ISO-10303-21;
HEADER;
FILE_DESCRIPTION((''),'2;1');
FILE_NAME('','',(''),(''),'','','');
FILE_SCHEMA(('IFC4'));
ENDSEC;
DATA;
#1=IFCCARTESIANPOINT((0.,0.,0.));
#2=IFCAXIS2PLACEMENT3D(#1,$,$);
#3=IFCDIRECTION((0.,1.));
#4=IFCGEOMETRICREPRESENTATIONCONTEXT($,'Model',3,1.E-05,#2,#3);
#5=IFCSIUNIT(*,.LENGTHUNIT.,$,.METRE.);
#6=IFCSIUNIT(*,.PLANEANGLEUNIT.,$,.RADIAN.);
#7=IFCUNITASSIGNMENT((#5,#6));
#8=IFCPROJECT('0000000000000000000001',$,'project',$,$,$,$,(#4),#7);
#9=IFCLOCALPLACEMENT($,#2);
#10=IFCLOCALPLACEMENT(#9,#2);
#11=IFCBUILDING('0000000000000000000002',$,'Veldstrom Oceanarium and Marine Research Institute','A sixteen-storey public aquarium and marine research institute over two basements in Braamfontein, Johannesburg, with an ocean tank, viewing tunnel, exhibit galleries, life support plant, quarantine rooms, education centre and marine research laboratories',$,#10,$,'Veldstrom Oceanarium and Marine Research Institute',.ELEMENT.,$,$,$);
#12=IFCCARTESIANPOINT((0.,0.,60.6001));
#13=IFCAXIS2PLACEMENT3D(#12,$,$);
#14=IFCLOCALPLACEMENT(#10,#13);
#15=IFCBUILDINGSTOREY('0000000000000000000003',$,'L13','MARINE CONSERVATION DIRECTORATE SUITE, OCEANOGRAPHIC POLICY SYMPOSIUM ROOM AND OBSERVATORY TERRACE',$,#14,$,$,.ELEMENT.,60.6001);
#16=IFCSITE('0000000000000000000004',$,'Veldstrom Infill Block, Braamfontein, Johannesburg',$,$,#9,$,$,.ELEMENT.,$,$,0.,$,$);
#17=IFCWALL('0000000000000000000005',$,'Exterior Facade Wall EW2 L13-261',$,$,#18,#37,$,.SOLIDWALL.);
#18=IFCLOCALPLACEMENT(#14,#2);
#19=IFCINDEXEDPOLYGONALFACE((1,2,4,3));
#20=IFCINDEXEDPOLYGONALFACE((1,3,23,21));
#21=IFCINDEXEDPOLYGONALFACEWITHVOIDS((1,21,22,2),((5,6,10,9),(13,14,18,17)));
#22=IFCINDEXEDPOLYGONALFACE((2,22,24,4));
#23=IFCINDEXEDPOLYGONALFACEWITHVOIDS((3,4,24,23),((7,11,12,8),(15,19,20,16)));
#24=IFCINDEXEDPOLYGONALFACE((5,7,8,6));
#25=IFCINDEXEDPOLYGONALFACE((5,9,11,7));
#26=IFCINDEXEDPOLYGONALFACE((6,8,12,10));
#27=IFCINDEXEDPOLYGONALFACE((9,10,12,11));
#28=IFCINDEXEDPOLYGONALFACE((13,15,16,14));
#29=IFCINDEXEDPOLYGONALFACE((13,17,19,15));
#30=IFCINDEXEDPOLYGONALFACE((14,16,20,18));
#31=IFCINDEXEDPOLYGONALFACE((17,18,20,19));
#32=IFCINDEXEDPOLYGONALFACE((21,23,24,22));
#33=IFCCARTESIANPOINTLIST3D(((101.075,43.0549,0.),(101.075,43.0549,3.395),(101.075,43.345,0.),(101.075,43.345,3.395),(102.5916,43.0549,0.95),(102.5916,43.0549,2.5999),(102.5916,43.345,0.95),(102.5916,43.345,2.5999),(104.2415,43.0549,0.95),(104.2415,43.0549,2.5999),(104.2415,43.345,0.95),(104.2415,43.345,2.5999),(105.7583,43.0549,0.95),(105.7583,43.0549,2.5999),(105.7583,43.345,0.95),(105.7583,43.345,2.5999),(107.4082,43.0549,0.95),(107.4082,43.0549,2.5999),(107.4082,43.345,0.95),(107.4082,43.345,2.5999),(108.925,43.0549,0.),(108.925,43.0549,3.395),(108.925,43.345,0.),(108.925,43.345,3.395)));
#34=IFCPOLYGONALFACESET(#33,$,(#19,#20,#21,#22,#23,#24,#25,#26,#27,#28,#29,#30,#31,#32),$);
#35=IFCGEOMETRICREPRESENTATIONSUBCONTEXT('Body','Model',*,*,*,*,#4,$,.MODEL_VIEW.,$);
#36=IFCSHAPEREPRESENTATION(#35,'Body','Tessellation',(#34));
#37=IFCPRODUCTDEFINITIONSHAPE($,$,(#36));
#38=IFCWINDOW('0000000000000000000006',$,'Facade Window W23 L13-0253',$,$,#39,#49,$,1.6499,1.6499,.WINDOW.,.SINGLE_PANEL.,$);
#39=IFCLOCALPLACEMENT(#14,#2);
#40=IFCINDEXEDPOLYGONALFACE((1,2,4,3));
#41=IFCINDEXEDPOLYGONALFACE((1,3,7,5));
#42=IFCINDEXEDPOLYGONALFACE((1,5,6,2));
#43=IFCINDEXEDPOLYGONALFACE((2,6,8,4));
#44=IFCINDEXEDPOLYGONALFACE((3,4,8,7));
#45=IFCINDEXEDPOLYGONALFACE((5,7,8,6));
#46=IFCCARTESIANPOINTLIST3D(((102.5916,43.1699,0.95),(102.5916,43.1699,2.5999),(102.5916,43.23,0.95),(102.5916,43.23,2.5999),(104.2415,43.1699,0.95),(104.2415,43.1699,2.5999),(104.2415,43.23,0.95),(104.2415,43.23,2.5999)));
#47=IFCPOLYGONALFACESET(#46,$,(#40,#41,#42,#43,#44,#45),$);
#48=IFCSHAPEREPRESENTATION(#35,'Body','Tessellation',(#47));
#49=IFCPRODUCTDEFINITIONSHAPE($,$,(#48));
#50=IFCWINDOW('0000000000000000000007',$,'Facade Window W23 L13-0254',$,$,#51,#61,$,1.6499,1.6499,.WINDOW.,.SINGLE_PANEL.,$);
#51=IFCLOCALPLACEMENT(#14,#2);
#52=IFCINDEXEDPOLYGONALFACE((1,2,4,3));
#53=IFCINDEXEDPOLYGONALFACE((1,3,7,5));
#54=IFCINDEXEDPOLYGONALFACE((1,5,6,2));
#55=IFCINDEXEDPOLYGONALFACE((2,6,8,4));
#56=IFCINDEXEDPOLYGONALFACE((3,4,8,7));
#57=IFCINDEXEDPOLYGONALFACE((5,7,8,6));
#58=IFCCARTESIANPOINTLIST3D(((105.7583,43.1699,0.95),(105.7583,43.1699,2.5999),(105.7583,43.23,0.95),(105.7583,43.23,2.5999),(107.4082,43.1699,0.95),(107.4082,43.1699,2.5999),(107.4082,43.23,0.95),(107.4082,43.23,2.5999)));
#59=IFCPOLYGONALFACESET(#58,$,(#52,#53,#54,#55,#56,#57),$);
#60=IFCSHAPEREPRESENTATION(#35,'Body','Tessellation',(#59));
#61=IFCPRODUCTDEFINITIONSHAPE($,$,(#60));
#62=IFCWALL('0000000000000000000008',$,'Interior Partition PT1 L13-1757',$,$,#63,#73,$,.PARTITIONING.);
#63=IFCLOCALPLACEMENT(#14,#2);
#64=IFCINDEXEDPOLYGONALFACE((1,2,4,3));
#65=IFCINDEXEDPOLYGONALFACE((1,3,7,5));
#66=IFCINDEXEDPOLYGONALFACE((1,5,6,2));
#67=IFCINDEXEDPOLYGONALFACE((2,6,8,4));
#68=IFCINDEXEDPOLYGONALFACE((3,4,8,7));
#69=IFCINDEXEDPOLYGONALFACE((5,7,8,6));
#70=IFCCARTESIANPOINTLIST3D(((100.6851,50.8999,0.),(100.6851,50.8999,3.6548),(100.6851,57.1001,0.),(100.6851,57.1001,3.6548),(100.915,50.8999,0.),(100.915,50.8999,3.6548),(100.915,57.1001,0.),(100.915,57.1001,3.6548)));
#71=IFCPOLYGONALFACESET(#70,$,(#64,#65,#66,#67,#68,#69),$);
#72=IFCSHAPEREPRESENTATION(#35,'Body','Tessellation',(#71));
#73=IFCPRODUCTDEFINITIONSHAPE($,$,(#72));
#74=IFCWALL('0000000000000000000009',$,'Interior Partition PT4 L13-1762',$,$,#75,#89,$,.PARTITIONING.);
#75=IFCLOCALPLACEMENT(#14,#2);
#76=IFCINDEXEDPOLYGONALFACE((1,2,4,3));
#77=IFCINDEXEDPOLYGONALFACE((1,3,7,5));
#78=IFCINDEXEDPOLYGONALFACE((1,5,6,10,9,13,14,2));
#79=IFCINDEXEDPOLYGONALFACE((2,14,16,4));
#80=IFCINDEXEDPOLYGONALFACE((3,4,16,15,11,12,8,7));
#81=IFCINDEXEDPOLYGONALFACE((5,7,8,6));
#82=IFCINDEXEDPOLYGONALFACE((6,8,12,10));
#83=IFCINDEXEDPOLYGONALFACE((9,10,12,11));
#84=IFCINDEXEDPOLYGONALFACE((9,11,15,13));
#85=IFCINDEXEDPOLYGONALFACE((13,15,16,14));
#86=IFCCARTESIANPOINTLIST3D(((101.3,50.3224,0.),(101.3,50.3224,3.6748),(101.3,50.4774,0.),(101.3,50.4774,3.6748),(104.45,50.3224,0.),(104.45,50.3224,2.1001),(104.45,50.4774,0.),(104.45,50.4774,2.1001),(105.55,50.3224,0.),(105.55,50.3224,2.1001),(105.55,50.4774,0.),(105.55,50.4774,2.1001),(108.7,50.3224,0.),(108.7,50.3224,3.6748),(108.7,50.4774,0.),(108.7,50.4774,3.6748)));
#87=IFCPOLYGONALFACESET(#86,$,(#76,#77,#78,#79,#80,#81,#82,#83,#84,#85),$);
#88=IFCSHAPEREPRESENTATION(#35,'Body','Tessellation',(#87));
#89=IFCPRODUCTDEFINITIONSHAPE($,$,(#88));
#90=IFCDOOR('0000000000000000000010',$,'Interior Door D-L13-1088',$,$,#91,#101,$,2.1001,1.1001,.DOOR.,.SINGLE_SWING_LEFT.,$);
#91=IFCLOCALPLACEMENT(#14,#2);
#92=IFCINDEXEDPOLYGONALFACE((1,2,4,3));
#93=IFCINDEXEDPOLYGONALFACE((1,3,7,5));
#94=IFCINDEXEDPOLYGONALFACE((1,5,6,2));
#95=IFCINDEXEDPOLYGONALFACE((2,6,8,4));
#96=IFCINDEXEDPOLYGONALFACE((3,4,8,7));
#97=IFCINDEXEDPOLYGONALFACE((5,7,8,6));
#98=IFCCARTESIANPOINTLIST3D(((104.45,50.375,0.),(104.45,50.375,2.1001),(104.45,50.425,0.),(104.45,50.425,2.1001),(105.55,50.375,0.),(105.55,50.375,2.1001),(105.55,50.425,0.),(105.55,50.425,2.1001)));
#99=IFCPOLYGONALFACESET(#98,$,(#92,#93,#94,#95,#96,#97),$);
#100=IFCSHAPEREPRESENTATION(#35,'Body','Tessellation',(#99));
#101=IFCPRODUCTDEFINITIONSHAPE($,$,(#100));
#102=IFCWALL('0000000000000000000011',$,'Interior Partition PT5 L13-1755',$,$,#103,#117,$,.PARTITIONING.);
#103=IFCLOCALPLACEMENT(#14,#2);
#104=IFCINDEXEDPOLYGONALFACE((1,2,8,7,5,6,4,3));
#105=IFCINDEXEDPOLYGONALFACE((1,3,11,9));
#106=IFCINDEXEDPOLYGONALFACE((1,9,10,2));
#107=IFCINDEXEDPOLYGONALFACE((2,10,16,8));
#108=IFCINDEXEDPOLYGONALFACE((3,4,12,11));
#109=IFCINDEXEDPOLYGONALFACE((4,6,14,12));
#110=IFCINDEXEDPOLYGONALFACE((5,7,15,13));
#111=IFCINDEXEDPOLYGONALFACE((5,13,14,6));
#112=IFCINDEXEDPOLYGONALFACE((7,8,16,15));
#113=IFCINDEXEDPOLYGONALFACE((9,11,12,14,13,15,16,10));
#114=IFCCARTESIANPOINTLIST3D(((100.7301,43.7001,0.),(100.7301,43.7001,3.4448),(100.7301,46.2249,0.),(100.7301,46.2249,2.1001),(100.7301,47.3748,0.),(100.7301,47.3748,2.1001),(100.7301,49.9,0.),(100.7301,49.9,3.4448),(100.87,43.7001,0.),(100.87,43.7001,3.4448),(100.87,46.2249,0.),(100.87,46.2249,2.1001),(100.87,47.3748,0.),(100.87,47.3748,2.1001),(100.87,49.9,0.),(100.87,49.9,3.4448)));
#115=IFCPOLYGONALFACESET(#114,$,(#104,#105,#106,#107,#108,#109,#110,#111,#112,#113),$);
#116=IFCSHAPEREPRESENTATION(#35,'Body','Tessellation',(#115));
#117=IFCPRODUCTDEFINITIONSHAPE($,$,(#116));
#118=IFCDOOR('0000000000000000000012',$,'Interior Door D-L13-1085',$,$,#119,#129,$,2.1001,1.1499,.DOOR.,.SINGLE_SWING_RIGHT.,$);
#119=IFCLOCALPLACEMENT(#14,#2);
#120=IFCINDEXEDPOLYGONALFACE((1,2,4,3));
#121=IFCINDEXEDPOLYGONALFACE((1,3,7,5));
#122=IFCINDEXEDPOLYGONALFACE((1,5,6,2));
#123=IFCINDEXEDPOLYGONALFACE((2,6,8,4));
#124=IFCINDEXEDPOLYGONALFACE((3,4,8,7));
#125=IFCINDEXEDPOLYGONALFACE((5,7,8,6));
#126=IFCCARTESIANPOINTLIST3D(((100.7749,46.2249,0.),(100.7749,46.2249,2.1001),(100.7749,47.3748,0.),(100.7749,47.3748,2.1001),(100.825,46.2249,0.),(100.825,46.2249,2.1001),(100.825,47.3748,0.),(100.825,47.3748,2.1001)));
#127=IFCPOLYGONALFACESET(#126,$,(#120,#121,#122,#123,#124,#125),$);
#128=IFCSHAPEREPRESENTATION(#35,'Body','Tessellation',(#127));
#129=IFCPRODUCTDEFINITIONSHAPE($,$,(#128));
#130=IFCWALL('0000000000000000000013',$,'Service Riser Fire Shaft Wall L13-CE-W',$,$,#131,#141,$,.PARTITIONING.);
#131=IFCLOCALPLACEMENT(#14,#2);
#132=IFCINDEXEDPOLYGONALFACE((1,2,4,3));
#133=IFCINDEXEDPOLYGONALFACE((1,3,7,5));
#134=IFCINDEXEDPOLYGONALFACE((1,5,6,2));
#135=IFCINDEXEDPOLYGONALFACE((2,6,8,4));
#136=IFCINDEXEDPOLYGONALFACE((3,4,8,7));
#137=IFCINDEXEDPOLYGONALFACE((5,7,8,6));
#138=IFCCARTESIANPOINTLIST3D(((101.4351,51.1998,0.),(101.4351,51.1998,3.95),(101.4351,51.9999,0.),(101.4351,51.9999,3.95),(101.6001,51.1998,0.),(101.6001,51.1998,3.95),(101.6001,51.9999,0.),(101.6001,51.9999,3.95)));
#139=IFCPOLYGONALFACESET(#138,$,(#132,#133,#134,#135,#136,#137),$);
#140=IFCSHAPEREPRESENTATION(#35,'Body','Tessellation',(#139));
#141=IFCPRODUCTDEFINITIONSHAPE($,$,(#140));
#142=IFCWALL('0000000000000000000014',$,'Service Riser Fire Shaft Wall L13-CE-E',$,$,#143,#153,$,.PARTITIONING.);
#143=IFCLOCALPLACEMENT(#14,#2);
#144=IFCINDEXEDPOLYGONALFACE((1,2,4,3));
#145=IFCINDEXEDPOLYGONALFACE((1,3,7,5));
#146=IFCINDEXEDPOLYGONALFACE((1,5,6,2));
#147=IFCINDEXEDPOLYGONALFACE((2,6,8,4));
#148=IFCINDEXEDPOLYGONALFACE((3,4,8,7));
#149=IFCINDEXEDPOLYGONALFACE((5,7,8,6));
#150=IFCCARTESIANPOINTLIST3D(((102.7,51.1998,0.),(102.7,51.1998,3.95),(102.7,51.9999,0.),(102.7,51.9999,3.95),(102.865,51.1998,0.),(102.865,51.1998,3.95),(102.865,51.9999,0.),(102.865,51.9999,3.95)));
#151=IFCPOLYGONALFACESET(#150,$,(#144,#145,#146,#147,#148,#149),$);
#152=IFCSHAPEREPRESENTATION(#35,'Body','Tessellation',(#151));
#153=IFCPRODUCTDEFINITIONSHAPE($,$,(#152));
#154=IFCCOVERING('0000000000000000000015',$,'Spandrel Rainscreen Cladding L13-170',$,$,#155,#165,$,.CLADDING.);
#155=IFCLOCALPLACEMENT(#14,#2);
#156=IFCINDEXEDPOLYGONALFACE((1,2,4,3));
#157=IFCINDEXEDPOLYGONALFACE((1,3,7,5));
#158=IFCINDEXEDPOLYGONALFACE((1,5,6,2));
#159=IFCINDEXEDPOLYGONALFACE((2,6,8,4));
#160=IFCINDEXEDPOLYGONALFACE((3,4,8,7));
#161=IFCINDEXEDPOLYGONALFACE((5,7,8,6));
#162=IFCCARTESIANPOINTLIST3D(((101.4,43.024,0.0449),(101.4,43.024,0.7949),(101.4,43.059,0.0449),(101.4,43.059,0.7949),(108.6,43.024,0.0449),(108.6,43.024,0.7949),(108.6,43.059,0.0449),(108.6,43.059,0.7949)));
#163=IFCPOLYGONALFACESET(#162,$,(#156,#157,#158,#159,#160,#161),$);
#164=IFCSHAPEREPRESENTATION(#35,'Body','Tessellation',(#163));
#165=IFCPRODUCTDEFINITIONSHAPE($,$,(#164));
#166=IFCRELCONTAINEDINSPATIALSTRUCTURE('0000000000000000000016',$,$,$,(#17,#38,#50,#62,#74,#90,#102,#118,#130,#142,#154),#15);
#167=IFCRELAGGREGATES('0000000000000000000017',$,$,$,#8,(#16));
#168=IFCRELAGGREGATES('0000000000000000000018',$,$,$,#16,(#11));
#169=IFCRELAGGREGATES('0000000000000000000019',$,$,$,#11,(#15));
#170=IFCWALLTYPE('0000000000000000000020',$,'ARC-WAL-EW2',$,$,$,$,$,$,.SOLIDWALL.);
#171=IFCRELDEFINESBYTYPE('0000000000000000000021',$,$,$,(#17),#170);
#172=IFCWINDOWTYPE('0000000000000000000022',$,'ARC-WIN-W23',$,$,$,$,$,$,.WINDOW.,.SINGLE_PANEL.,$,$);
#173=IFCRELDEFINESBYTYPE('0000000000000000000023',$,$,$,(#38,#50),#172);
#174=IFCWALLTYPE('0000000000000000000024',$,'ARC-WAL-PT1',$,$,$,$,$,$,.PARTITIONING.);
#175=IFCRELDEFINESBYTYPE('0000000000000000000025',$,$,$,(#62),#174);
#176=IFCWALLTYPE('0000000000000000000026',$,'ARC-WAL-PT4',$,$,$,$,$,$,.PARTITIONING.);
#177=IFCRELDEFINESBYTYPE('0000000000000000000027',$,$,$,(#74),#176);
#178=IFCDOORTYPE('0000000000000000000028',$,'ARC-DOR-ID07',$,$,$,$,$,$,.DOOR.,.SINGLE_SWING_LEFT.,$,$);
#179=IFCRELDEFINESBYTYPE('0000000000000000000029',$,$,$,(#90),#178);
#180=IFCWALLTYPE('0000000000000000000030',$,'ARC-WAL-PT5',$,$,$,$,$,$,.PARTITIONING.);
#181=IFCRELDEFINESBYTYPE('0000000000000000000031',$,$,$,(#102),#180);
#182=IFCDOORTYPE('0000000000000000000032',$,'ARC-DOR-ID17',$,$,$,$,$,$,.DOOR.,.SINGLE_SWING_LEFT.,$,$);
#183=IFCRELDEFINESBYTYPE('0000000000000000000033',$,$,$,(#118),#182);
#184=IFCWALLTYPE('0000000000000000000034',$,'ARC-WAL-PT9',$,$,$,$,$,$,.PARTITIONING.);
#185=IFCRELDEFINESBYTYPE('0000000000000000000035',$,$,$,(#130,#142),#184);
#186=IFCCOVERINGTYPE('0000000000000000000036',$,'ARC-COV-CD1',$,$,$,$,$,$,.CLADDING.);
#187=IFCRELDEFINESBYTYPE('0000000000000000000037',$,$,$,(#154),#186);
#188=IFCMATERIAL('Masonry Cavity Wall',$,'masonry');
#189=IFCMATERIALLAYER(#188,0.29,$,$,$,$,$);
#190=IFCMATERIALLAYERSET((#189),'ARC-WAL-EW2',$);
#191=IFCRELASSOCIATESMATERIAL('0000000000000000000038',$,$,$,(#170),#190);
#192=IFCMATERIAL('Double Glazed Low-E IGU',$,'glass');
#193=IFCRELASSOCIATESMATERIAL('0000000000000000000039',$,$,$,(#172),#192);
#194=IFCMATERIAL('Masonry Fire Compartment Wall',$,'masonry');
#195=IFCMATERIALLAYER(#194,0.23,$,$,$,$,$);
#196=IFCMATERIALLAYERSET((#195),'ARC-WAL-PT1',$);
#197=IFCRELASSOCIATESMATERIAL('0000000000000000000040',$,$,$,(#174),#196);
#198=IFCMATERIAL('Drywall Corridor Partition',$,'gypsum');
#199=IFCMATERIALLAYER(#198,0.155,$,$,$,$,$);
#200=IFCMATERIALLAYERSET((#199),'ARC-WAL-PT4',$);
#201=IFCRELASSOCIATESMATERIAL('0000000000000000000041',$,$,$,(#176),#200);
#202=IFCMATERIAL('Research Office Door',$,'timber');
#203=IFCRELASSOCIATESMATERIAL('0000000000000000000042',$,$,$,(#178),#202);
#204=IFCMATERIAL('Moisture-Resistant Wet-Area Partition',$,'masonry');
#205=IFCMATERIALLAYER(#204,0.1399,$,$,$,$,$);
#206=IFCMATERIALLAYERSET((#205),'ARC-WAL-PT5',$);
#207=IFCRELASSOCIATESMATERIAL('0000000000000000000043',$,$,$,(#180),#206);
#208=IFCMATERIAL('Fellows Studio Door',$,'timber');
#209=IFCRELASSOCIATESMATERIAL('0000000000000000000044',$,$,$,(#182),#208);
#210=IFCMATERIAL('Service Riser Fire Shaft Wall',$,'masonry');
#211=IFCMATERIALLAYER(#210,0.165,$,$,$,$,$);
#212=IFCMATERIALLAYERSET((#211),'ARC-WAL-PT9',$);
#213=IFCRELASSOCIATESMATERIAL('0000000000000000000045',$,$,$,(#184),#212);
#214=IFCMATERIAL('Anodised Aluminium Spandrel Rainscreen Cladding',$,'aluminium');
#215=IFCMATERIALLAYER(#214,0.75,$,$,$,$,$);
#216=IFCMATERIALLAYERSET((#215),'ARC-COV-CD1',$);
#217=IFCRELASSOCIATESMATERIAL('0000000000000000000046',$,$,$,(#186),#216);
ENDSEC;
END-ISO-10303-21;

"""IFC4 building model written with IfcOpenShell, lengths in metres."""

from ifc_helpers import new_model, si_unit, direction, frame, frame_2d, origin, origin_2d, place, context, subcontext, project, spatial, rectangle, extrude, material, layer, layer_set, type_object, element, fill, save


model = new_model("IFC4")

# Units and contexts
model_context = context("Model", 3, precision=1e-05, world=origin(), true_north=direction((0.0, 1.0)))
body_context = subcontext(model_context, "Body", "Model", "MODEL_VIEW")
ifc_project = project(units=[si_unit("LENGTHUNIT", "METRE"), si_unit("PLANEANGLEUNIT", "RADIAN")], contexts=[model_context])

# Site, building, storey
site_placement = place(None, origin())
site = spatial("IfcSite", under=ifc_project, at=site_placement, Name="Veldstrom Infill Block, Braamfontein, Johannesburg", CompositionType="ELEMENT", RefElevation=0.0)
building_placement = place(site_placement, origin())
building = spatial("IfcBuilding", under=site, at=building_placement, Name="Veldstrom Oceanarium and Marine Research Institute", Description="A sixteen-storey public aquarium and marine research institute over two basements in Braamfontein, Johannesburg, with an ocean tank, viewing tunnel, exhibit galleries, life support plant, quarantine rooms, education centre and marine research laboratories", LongName="Veldstrom Oceanarium and Marine Research Institute", CompositionType="ELEMENT")
storey_placement = place(building_placement, frame((0.0, 0.0, 60.6001)))
storey = spatial("IfcBuildingStorey", under=building, at=storey_placement, Name="L13", Description="MARINE CONSERVATION DIRECTORATE SUITE, OCEANOGRAPHIC POLICY SYMPOSIUM ROOM AND OBSERVATORY TERRACE", CompositionType="ELEMENT", Elevation=60.6001)

# Wall, openings, windows
ifc_material_1 = material(Name="Masonry Cavity Wall", Category="masonry")
ifc_layer_1 = layer(ifc_material_1, 0.29)
ifc_layer_set_1 = layer_set([ifc_layer_1], Name="ARC-WAL-EW2")
wall_type_1 = type_object("IfcWallType", Name="ARC-WAL-EW2", PredefinedType="SOLIDWALL", material=ifc_layer_set_1)
wall_1_placement = place(storey_placement, frame((101.075, 43.2, 0.0), z_axis=(0.0, 0.0, 1.0), x_axis=(1.0, 0.0, 0.0)))
wall_1 = element("IfcWall", 1, at=wall_1_placement, inside=storey, type_object=wall_type_1, Name="Exterior Facade Wall EW2 L13-261", PredefinedType="SOLIDWALL", context=body_context, shape_type="SweptSolid", body=[
    extrude(rectangle(XDim=7.8501, YDim=0.29, at=frame_2d((3.925, 0.0))), origin(), (0.0, 0.0, 1.0), 3.395),
])
opening_1_placement = place(wall_1_placement, frame((1.5166, 0.0, 0.95)))
opening_1 = element("IfcOpeningElement", 2, at=opening_1_placement, cuts=wall_1, PredefinedType="OPENING", context=body_context, shape_type="SweptSolid", body=[
    extrude(rectangle(XDim=1.6499, YDim=1.6499, at=frame_2d((0.825, 0.825))), frame((0.0, 0.155, 0.0), z_axis=(0.0, -1.0, 0.0), x_axis=(1.0, 0.0, 0.0)), (0.0, 0.0, 1.0), 0.3101),
])
opening_2_placement = place(wall_1_placement, frame((4.6833, 0.0, 0.95)))
opening_2 = element("IfcOpeningElement", 3, at=opening_2_placement, cuts=wall_1, PredefinedType="OPENING", context=body_context, shape_type="SweptSolid", body=[
    extrude(rectangle(XDim=1.6499, YDim=1.6499, at=frame_2d((0.825, 0.825))), frame((0.0, 0.155, 0.0), z_axis=(0.0, -1.0, 0.0), x_axis=(1.0, 0.0, 0.0)), (0.0, 0.0, 1.0), 0.3101),
])
ifc_material_2 = material(Name="Double Glazed Low-E IGU", Category="glass")
window_type = type_object("IfcWindowType", Name="ARC-WIN-W23", PartitioningType="SINGLE_PANEL", PredefinedType="WINDOW", material=ifc_material_2)
window_1_placement = place(opening_1_placement, origin())
window_1 = element("IfcWindow", 4, at=window_1_placement, inside=storey, type_object=window_type, Name="Facade Window W23 L13-0253", OverallHeight=1.6499, OverallWidth=1.6499, PartitioningType="SINGLE_PANEL", PredefinedType="WINDOW", context=body_context, shape_type="SweptSolid", body=[
    extrude(rectangle(XDim=1.6499, YDim=1.6499, at=frame_2d((0.825, 0.825))), frame((0.0, 0.03, 0.0), z_axis=(0.0, -1.0, 0.0), x_axis=(1.0, 0.0, 0.0)), (0.0, 0.0, 1.0), 0.0601),
])
fill(opening_1, window_1)
window_2_placement = place(opening_2_placement, origin())
window_2 = element("IfcWindow", 5, at=window_2_placement, inside=storey, type_object=window_type, Name="Facade Window W23 L13-0254", OverallHeight=1.6499, OverallWidth=1.6499, PartitioningType="SINGLE_PANEL", PredefinedType="WINDOW", context=body_context, shape_type="SweptSolid", body=[
    extrude(rectangle(XDim=1.6499, YDim=1.6499, at=frame_2d((0.825, 0.825))), frame((0.0, 0.03, 0.0), z_axis=(0.0, -1.0, 0.0), x_axis=(1.0, 0.0, 0.0)), (0.0, 0.0, 1.0), 0.0601),
])
fill(opening_2, window_2)

# Wall
ifc_material_3 = material(Name="Masonry Fire Compartment Wall", Category="masonry")
ifc_layer_2 = layer(ifc_material_3, 0.23)
ifc_layer_set_2 = layer_set([ifc_layer_2], Name="ARC-WAL-PT1")
wall_type_2 = type_object("IfcWallType", Name="ARC-WAL-PT1", PredefinedType="PARTITIONING", material=ifc_layer_set_2)
wall_2_placement = place(storey_placement, frame((100.8, 50.8999, 0.0), z_axis=(0.0, 0.0, 1.0), x_axis=(0.0, 1.0, 0.0)))
element("IfcWall", 6, at=wall_2_placement, inside=storey, type_object=wall_type_2, Name="Interior Partition PT1 L13-1757", PredefinedType="PARTITIONING", context=body_context, shape_type="SweptSolid", body=[
    extrude(rectangle(XDim=6.2002, YDim=0.23, at=frame_2d((3.1001, 0.0))), origin(), (0.0, 0.0, 1.0), 3.6548),
])

# Walls, openings, doors
ifc_material_4 = material(Name="Drywall Corridor Partition", Category="gypsum")
ifc_layer_3 = layer(ifc_material_4, 0.155)
ifc_layer_set_3 = layer_set([ifc_layer_3], Name="ARC-WAL-PT4")
wall_type_3 = type_object("IfcWallType", Name="ARC-WAL-PT4", PredefinedType="PARTITIONING", material=ifc_layer_set_3)
wall_3_placement = place(storey_placement, frame((101.3, 50.3999, 0.0), z_axis=(0.0, 0.0, 1.0), x_axis=(1.0, 0.0, 0.0)))
wall_3 = element("IfcWall", 7, at=wall_3_placement, inside=storey, type_object=wall_type_3, Name="Interior Partition PT4 L13-1762", PredefinedType="PARTITIONING", context=body_context, shape_type="SweptSolid", body=[
    extrude(rectangle(XDim=7.3999, YDim=0.155, at=frame_2d((3.7, 0.0))), origin(), (0.0, 0.0, 1.0), 3.6748),
])
opening_3_placement = place(wall_3_placement, frame((3.1499, 0.0, 0.0)))
opening_3 = element("IfcOpeningElement", 8, at=opening_3_placement, cuts=wall_3, PredefinedType="OPENING", context=body_context, shape_type="SweptSolid", body=[
    extrude(rectangle(XDim=1.1001, YDim=2.1001, at=frame_2d((0.55, 1.05))), frame((0.0, 0.0874, 0.0), z_axis=(0.0, -1.0, 0.0), x_axis=(1.0, 0.0, 0.0)), (0.0, 0.0, 1.0), 0.175),
])
ifc_material_5 = material(Name="Research Office Door", Category="timber")
door_type_1 = type_object("IfcDoorType", Name="ARC-DOR-ID07", OperationType="SINGLE_SWING_LEFT", PredefinedType="DOOR", material=ifc_material_5)
door_1_placement = place(opening_3_placement, frame((1.1001, 0.0, 0.0), z_axis=(0.0, 0.0, 1.0), x_axis=(-1.0, 0.0, 0.0)))
door_1 = element("IfcDoor", 9, at=door_1_placement, inside=storey, type_object=door_type_1, Name="Interior Door D-L13-1088", OperationType="SINGLE_SWING_LEFT", OverallHeight=2.1001, OverallWidth=1.1001, PredefinedType="DOOR", context=body_context, shape_type="SweptSolid", body=[
    extrude(rectangle(XDim=1.1001, YDim=2.1001, at=frame_2d((0.55, 1.05))), frame((0.0, 0.0249, 0.0), z_axis=(0.0, -1.0, 0.0), x_axis=(1.0, 0.0, 0.0)), (0.0, 0.0, 1.0), 0.05),
])
fill(opening_3, door_1)
ifc_material_6 = material(Name="Moisture-Resistant Wet-Area Partition", Category="masonry")
ifc_layer_4 = layer(ifc_material_6, 0.1399)
ifc_layer_set_4 = layer_set([ifc_layer_4], Name="ARC-WAL-PT5")
wall_type_4 = type_object("IfcWallType", Name="ARC-WAL-PT5", PredefinedType="PARTITIONING", material=ifc_layer_set_4)
wall_4_placement = place(storey_placement, frame((100.8, 43.7, 0.0), z_axis=(0.0, 0.0, 1.0), x_axis=(0.0, 1.0, 0.0)))
wall_4 = element("IfcWall", 10, at=wall_4_placement, inside=storey, type_object=wall_type_4, Name="Interior Partition PT5 L13-1755", PredefinedType="PARTITIONING", context=body_context, shape_type="SweptSolid", body=[
    extrude(rectangle(XDim=6.2, YDim=0.1399, at=frame_2d((3.1001, 0.0))), origin(), (0.0, 0.0, 1.0), 3.4448),
])
opening_4_placement = place(wall_4_placement, frame((2.5249, 0.0, 0.0)))
opening_4 = element("IfcOpeningElement", 11, at=opening_4_placement, cuts=wall_4, PredefinedType="OPENING", context=body_context, shape_type="SweptSolid", body=[
    extrude(rectangle(XDim=1.1499, YDim=2.1001, at=frame_2d((0.575, 1.05))), frame((0.0, 0.0798, 0.0), z_axis=(0.0, -1.0, 0.0), x_axis=(1.0, 0.0, 0.0)), (0.0, 0.0, 1.0), 0.1599),
])
ifc_material_7 = material(Name="Fellows Studio Door", Category="timber")
door_type_2 = type_object("IfcDoorType", Name="ARC-DOR-ID17", OperationType="SINGLE_SWING_LEFT", PredefinedType="DOOR", material=ifc_material_7)
door_2_placement = place(opening_4_placement, frame((1.1499, 0.0, 0.0), z_axis=(0.0, 0.0, 1.0), x_axis=(-1.0, 0.0, 0.0)))
door_2 = element("IfcDoor", 12, at=door_2_placement, inside=storey, type_object=door_type_2, Name="Interior Door D-L13-1085", OperationType="SINGLE_SWING_RIGHT", OverallHeight=2.1001, OverallWidth=1.1499, PredefinedType="DOOR", context=body_context, shape_type="SweptSolid", body=[
    extrude(rectangle(XDim=1.1499, YDim=2.1001, at=frame_2d((0.575, 1.05))), frame((0.0, 0.0249, 0.0), z_axis=(0.0, -1.0, 0.0), x_axis=(1.0, 0.0, 0.0)), (0.0, 0.0, 1.0), 0.05),
])
fill(opening_4, door_2)

# Walls
ifc_material_8 = material(Name="Service Riser Fire Shaft Wall", Category="masonry")
ifc_layer_5 = layer(ifc_material_8, 0.165)
ifc_layer_set_5 = layer_set([ifc_layer_5], Name="ARC-WAL-PT9")
wall_type_5 = type_object("IfcWallType", Name="ARC-WAL-PT9", PredefinedType="PARTITIONING", material=ifc_layer_set_5)
for number, where, z_axis, x_axis, name in (
    (13, (101.5176, 51.2, 0.0), (0.0, 0.0, 1.0), (0.0, 1.0, 0.0), "Service Riser Fire Shaft Wall L13-CE-W"),
    (14, (102.7825, 51.2, 0.0), (0.0, 0.0, 1.0), (0.0, 1.0, 0.0), "Service Riser Fire Shaft Wall L13-CE-E"),
):
    element("IfcWall", number, at=place(storey_placement, frame(where, z_axis=z_axis, x_axis=x_axis)), inside=storey, type_object=wall_type_5, Name=name, PredefinedType="PARTITIONING", context=body_context, shape_type="SweptSolid", body=[
        extrude(rectangle(XDim=0.8, YDim=0.165, at=frame_2d((0.3999, 0.0))), origin(), (0.0, 0.0, 1.0), 3.95),
    ])

# Covering
ifc_material_9 = material(Name="Anodised Aluminium Spandrel Rainscreen Cladding", Category="aluminium")
ifc_layer_6 = layer(ifc_material_9, 0.75)
ifc_layer_set_6 = layer_set([ifc_layer_6], Name="ARC-COV-CD1")
covering_type = type_object("IfcCoveringType", Name="ARC-COV-CD1", PredefinedType="CLADDING", material=ifc_layer_set_6)
covering_placement = place(storey_placement, frame((105.0, 43.0415, 0.0449), z_axis=(0.0, 0.0, 1.0), x_axis=(1.0, 0.0, 0.0)))
element("IfcCovering", 15, at=covering_placement, inside=storey, type_object=covering_type, Name="Spandrel Rainscreen Cladding L13-170", PredefinedType="CLADDING", context=body_context, shape_type="SweptSolid", body=[
    extrude(rectangle(XDim=7.2, YDim=0.0349, at=origin_2d()), origin(), (0.0, 0.0, 1.0), 0.75),
])

save(model, "model.ifc")
